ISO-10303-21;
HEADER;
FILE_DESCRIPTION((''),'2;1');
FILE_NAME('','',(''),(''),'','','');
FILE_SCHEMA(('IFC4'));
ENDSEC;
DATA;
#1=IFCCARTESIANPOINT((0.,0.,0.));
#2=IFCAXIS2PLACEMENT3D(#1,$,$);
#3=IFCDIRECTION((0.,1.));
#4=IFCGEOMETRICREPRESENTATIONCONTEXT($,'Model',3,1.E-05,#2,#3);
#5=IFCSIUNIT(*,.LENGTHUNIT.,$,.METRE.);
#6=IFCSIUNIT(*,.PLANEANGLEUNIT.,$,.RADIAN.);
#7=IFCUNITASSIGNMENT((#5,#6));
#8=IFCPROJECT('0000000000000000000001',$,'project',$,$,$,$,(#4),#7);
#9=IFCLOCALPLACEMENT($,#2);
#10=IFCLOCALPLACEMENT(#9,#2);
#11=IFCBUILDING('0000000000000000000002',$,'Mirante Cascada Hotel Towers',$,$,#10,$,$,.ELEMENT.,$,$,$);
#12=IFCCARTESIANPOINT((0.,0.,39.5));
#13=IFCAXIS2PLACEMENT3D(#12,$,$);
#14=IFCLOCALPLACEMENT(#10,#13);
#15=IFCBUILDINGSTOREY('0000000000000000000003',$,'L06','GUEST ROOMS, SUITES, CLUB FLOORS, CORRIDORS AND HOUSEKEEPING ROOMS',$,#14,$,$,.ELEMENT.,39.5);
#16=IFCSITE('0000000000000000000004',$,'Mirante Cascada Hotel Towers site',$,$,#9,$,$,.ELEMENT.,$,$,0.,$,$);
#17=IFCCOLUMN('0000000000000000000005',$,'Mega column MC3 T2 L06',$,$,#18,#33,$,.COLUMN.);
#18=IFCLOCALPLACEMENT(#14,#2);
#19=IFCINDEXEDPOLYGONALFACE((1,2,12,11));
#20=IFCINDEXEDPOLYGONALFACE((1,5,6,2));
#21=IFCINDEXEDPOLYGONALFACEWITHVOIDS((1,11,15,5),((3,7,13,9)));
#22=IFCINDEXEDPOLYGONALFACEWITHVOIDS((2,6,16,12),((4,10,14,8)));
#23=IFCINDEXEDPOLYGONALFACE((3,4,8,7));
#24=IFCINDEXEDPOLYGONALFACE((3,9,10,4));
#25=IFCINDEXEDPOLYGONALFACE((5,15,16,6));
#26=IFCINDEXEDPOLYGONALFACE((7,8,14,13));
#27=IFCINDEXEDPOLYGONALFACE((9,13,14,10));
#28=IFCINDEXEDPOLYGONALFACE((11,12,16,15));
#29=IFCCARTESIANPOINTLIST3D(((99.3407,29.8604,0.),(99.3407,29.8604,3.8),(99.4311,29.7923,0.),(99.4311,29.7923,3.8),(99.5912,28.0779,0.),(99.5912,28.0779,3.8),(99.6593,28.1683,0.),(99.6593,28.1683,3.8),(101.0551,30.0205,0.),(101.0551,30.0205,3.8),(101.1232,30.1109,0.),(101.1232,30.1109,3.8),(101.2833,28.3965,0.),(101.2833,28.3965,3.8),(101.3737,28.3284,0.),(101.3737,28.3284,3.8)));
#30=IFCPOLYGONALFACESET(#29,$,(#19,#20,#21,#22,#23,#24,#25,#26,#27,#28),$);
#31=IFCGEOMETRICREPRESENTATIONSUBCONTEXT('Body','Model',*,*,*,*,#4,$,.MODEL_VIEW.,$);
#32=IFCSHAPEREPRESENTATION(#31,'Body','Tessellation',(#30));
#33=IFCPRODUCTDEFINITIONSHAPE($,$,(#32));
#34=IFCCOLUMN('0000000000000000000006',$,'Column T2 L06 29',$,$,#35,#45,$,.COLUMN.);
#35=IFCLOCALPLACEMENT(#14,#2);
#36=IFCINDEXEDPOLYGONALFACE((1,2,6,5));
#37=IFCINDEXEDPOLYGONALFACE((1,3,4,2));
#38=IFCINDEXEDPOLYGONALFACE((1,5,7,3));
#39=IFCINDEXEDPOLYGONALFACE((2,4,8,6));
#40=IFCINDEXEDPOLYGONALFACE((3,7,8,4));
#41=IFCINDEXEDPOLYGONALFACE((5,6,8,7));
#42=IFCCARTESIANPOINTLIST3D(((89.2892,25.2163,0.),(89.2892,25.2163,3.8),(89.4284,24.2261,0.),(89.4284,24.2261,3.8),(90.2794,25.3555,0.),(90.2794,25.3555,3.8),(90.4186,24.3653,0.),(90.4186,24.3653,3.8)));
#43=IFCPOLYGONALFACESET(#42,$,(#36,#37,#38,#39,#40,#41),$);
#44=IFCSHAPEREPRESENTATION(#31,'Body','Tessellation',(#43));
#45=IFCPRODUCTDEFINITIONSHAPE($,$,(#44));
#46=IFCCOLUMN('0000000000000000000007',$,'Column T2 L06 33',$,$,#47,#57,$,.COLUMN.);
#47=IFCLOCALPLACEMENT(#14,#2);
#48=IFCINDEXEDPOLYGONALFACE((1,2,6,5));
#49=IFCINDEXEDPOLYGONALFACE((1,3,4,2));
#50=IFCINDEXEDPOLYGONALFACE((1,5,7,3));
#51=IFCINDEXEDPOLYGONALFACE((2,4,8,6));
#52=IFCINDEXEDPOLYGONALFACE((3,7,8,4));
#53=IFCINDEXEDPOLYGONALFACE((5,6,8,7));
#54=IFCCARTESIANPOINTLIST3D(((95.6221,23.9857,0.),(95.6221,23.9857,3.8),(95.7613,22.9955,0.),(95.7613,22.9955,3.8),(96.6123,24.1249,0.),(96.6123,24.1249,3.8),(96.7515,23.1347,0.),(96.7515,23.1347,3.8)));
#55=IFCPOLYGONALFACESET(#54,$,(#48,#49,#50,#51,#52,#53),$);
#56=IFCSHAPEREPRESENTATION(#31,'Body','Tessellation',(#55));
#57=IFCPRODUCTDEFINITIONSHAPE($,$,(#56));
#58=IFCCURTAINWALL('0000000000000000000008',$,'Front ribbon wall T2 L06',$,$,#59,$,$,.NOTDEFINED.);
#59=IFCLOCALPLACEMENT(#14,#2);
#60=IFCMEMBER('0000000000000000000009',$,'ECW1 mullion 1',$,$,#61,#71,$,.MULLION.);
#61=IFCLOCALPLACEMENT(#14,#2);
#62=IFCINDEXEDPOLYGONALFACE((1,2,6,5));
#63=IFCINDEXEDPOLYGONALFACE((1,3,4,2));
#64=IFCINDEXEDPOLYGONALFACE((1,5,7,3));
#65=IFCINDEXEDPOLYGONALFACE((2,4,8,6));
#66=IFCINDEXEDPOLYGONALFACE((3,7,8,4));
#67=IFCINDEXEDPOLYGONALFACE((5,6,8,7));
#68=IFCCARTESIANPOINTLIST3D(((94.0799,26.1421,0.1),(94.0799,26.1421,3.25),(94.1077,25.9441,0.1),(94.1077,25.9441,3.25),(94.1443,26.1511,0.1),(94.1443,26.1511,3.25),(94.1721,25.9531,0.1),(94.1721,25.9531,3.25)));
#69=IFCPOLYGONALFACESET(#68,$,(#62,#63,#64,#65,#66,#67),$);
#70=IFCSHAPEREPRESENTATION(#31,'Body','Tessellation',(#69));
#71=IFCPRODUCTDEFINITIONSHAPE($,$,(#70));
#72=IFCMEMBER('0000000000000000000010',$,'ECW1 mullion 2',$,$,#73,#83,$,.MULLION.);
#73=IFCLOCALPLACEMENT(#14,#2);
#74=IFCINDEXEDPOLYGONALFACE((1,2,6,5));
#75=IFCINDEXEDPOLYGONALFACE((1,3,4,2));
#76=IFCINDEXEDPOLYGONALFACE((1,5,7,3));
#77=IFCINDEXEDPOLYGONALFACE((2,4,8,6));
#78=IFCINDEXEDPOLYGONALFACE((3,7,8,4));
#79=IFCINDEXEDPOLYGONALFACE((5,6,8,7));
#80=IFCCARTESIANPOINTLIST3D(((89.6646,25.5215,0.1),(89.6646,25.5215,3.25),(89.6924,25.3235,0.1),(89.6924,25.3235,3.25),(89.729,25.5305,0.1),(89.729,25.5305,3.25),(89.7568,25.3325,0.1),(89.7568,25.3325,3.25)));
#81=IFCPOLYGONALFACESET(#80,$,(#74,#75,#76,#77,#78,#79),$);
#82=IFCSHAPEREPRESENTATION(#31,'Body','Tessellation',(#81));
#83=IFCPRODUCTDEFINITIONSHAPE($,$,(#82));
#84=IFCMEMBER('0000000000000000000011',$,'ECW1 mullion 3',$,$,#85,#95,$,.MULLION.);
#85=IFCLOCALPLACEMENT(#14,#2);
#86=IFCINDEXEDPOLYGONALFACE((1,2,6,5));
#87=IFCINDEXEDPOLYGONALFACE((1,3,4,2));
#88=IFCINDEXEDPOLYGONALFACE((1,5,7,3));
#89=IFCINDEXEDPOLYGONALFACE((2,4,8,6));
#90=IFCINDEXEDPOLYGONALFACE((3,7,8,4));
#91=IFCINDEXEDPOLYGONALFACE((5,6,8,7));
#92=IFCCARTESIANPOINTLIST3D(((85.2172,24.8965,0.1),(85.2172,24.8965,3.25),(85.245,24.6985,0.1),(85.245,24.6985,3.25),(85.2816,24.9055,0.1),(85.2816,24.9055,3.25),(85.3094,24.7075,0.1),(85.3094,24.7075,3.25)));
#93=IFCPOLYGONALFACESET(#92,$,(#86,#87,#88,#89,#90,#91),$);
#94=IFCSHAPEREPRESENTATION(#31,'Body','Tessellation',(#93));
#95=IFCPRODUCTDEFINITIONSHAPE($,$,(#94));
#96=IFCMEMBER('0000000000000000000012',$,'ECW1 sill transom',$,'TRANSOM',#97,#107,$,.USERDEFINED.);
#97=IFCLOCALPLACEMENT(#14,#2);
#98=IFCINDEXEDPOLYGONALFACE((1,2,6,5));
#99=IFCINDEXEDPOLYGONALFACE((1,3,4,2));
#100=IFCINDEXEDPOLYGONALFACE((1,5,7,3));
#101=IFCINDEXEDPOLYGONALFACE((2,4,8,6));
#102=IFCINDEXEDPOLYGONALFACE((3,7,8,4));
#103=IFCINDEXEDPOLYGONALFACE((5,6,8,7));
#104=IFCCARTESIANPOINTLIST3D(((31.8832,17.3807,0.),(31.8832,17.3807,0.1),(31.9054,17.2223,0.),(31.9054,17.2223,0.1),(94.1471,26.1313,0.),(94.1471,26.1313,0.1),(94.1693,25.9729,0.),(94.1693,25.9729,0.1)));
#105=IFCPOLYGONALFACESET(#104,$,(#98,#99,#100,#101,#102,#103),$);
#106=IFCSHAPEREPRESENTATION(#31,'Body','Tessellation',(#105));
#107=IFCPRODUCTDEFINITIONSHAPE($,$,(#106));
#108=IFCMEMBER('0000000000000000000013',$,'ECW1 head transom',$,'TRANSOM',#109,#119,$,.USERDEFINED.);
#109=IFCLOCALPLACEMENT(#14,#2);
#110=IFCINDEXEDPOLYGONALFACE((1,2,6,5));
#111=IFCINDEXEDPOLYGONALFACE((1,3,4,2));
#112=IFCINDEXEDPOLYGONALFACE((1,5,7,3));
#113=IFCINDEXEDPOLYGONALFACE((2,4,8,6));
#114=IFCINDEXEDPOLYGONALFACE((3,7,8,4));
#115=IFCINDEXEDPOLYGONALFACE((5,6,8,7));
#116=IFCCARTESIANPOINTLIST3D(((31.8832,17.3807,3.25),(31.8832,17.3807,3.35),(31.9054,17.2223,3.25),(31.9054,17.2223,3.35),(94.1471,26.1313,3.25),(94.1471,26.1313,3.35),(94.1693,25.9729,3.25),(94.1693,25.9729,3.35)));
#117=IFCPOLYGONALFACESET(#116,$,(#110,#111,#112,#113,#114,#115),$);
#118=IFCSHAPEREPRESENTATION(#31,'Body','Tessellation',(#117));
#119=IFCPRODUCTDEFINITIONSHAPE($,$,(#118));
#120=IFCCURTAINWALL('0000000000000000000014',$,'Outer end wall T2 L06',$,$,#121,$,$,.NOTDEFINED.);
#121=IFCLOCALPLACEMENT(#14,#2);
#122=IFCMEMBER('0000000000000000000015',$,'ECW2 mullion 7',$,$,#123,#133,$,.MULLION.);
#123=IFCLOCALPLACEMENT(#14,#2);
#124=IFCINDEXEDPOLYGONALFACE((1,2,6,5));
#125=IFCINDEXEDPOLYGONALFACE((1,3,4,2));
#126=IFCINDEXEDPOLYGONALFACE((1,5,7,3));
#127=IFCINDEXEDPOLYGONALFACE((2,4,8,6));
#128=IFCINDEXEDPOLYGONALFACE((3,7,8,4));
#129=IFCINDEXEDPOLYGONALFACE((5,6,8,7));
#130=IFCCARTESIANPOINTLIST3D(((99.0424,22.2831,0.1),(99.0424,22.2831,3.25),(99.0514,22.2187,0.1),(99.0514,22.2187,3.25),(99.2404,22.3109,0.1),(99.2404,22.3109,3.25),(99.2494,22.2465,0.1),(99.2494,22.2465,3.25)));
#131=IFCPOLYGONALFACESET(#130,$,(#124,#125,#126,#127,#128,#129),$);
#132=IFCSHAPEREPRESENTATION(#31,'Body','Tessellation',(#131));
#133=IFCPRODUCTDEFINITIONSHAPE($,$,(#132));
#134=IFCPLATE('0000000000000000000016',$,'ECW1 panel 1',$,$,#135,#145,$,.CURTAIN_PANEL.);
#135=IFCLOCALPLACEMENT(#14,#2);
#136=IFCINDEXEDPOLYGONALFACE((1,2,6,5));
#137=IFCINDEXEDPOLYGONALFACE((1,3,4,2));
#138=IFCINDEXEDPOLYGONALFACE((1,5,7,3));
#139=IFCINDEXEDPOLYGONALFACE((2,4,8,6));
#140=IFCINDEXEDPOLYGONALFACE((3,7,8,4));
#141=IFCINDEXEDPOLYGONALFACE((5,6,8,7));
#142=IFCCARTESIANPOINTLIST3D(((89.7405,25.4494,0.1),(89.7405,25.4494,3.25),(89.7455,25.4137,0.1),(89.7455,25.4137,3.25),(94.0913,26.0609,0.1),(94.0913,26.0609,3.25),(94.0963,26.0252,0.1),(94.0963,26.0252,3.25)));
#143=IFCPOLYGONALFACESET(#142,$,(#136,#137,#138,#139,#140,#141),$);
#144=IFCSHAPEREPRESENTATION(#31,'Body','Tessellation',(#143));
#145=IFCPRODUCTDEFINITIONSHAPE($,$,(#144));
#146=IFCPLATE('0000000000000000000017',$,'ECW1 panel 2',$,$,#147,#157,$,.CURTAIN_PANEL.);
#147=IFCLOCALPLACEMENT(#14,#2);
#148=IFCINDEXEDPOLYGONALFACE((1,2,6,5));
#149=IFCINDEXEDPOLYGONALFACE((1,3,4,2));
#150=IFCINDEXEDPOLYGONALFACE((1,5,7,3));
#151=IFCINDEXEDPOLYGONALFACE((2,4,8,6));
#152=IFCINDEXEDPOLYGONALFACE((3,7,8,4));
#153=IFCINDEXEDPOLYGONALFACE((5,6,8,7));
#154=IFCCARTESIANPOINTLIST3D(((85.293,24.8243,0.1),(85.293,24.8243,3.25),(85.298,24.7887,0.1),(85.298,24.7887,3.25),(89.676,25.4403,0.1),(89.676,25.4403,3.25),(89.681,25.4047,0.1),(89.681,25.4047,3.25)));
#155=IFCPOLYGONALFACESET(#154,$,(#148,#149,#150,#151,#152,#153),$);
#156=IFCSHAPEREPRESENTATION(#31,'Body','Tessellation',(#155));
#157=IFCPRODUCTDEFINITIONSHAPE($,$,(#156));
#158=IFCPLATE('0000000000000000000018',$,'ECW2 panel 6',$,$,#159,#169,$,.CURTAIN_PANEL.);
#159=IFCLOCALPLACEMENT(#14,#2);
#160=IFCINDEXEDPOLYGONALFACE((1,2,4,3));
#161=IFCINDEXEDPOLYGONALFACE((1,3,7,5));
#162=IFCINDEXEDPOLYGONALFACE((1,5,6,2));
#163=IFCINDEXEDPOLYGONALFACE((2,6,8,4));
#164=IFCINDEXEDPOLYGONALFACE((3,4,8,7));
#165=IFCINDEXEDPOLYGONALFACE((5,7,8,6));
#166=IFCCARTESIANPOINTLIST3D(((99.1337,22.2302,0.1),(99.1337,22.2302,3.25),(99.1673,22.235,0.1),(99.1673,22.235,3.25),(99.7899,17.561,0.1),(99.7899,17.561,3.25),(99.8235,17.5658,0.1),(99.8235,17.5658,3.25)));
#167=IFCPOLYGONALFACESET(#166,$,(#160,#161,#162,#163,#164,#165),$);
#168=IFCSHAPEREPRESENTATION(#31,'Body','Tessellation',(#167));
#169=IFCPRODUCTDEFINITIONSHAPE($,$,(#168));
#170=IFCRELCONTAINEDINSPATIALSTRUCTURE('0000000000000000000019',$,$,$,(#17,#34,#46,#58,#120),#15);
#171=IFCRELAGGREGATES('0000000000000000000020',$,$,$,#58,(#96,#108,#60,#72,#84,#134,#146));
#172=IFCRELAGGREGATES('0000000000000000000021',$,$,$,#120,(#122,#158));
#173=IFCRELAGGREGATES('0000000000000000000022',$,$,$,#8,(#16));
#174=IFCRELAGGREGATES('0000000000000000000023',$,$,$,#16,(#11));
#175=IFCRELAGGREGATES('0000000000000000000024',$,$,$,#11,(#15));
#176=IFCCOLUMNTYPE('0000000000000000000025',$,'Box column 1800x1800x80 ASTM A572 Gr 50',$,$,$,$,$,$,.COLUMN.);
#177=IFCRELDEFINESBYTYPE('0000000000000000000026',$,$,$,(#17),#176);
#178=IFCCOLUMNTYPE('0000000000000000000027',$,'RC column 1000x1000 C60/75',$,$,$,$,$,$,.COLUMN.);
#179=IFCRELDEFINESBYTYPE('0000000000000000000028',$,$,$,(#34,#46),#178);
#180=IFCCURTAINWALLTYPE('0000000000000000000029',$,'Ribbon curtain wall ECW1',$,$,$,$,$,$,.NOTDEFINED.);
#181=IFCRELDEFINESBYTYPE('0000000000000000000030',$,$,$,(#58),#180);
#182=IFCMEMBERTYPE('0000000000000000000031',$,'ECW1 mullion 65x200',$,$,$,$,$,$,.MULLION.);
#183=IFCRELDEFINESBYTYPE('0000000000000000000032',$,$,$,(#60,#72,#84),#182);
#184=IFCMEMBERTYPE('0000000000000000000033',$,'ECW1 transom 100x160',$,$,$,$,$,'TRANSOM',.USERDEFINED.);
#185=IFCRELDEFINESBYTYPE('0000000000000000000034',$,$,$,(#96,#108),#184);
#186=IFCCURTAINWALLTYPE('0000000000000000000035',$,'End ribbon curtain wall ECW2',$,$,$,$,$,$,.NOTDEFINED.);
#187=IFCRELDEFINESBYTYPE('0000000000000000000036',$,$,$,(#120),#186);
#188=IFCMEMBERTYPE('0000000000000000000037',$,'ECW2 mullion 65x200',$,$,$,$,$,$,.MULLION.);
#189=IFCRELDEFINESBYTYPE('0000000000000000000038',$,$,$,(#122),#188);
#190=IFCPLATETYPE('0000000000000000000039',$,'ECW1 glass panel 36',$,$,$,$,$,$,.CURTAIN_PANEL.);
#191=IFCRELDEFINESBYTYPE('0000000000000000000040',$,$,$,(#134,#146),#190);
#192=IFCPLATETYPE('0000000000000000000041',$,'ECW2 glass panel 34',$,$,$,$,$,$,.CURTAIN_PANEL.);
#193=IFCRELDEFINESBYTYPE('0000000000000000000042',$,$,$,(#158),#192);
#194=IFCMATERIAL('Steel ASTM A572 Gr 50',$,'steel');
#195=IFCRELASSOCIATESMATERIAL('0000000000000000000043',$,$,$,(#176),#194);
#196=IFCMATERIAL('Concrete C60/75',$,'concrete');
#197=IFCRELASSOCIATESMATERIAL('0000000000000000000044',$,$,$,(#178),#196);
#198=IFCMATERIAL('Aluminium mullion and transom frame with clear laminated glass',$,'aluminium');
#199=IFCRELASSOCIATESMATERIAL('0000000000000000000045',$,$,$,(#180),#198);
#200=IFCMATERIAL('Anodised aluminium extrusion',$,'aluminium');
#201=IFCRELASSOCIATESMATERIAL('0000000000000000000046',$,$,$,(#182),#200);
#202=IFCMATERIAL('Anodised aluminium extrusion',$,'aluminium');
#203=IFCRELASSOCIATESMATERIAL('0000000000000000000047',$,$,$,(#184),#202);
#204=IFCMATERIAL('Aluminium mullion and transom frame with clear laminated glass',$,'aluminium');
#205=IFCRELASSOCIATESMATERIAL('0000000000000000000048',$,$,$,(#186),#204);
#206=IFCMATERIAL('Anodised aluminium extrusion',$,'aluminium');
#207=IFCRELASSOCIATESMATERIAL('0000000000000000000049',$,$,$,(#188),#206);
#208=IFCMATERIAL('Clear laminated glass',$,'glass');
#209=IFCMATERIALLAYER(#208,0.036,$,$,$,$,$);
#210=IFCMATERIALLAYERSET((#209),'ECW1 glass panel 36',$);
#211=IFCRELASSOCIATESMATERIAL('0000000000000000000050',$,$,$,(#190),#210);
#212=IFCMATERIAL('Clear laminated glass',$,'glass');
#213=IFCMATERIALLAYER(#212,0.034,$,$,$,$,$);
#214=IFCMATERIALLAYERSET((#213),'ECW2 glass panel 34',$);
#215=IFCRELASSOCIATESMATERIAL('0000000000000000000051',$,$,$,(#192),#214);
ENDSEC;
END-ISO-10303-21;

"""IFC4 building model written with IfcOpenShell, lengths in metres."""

from ifc_helpers import new_model, si_unit, direction, frame, origin, origin_2d, place, context, subcontext, project, spatial, rectangle, hollow_rectangle, extrude, material, layer, layer_set, material_profile, profile_set, type_object, element, aggregate, save


model = new_model("IFC4")

# Units and contexts
model_context = context("Model", 3, precision=1e-05, world=origin(), true_north=direction((0.0, 1.0)))
body_context = subcontext(model_context, "Body", "Model", "MODEL_VIEW")
ifc_project = project(units=[si_unit("LENGTHUNIT", "METRE"), si_unit("PLANEANGLEUNIT", "RADIAN")], contexts=[model_context])

# Site, building, storey
site_placement = place(None, origin())
site = spatial("IfcSite", under=ifc_project, at=site_placement, Name="Mirante Cascada Hotel Towers site", CompositionType="ELEMENT", RefElevation=0.0)
building_placement = place(site_placement, origin())
building = spatial("IfcBuilding", under=site, at=building_placement, Name="Mirante Cascada Hotel Towers", CompositionType="ELEMENT")
storey_placement = place(building_placement, frame((0.0, 0.0, 39.5)))
storey = spatial("IfcBuildingStorey", under=building, at=storey_placement, Name="L06", Description="GUEST ROOMS, SUITES, CLUB FLOORS, CORRIDORS AND HOUSEKEEPING ROOMS", CompositionType="ELEMENT", Elevation=39.5)

# Columns
ifc_material_1 = material(Name="Steel ASTM A572 Gr 50", Category="steel")
ifc_material_profile_1 = material_profile(ifc_material_1, hollow_rectangle(XDim=1.8, YDim=1.8, WallThickness=0.08, at=origin_2d()), Name="Box column 1800x1800x80 ASTM A572 Gr 50")
ifc_profile_set_1 = profile_set([ifc_material_profile_1], Name="Steel ASTM A572 Gr 50")
column_type_1 = type_object("IfcColumnType", Name="Box column 1800x1800x80 ASTM A572 Gr 50", PredefinedType="COLUMN", material=ifc_profile_set_1)
column_placement = place(storey_placement, frame((100.3572, 29.0944, 0.0), z_axis=(0.0, 0.0, 1.0), x_axis=(0.990268, 0.139173, 0.0)))
element("IfcColumn", 1, at=column_placement, inside=storey, type_object=column_type_1, Name="Mega column MC3 T2 L06", PredefinedType="COLUMN", context=body_context, shape_type="SweptSolid", body=[
    extrude(hollow_rectangle(XDim=1.8, YDim=1.8, WallThickness=0.08, at=origin_2d()), origin(), (0.0, 0.0, 1.0), 3.8),
])
ifc_material_2 = material(Name="Concrete C60/75", Category="concrete")
ifc_material_profile_2 = material_profile(ifc_material_2, rectangle(XDim=1.0, YDim=1.0, at=origin_2d()), Name="RC column 1000x1000 C60/75")
ifc_profile_set_2 = profile_set([ifc_material_profile_2], Name="Concrete C60/75")
column_type_2 = type_object("IfcColumnType", Name="RC column 1000x1000 C60/75", PredefinedType="COLUMN", material=ifc_profile_set_2)
for number, where, z_axis, x_axis, name in (
    (2, (89.8539, 24.7908, 0.0), (0.0, 0.0, 1.0), (0.990268, 0.139173, 0.0), "Column T2 L06 29"),
    (3, (96.1868, 23.5602, 0.0), (0.0, 0.0, 1.0), (0.990268, 0.139173, 0.0), "Column T2 L06 33"),
):
    element("IfcColumn", number, at=place(storey_placement, frame(where, z_axis=z_axis, x_axis=x_axis)), inside=storey, type_object=column_type_2, Name=name, PredefinedType="COLUMN", context=body_context, shape_type="SweptSolid", body=[
        extrude(rectangle(XDim=1.0, YDim=1.0, at=origin_2d()), origin(), (0.0, 0.0, 1.0), 3.8),
    ])

# Curtain wall, members
ifc_material_3 = material(Name="Aluminium mullion and transom frame with clear laminated glass", Category="aluminium")
curtain_wall_type_1 = type_object("IfcCurtainWallType", Name="Ribbon curtain wall ECW1", PredefinedType="NOTDEFINED", material=ifc_material_3)
curtain_wall_1_placement = place(storey_placement, origin())
curtain_wall_1 = element("IfcCurtainWall", 4, at=curtain_wall_1_placement, inside=storey, type_object=curtain_wall_type_1, Name="Front ribbon wall T2 L06", PredefinedType="NOTDEFINED")
ifc_material_4 = material(Name="Anodised aluminium extrusion", Category="aluminium")
ifc_material_profile_3 = material_profile(ifc_material_4, rectangle(XDim=0.2, YDim=0.065, at=origin_2d()), Name="ECW1 MULLION 65x200")
ifc_profile_set_3 = profile_set([ifc_material_profile_3], Name="Anodised aluminium extrusion")
member_type_1 = type_object("IfcMemberType", Name="ECW1 mullion 65x200", PredefinedType="MULLION", material=ifc_profile_set_3)
member_1_placement = place(storey_placement, frame((94.126, 26.0476, 0.1), z_axis=(0.0, 0.0, 1.0), x_axis=(0.139173, -0.990268, 0.0)))
member_1 = element("IfcMember", 5, at=member_1_placement, type_object=member_type_1, Name="ECW1 mullion 1", PredefinedType="MULLION", context=body_context, shape_type="SweptSolid", body=[
    extrude(rectangle(XDim=0.2, YDim=0.065, at=origin_2d()), origin(), (0.0, 0.0, 1.0), 3.15),
])
member_2_placement = place(storey_placement, frame((89.7107, 25.427, 0.1), z_axis=(0.0, 0.0, 1.0), x_axis=(0.139173, -0.990268, 0.0)))
member_2 = element("IfcMember", 6, at=member_2_placement, type_object=member_type_1, Name="ECW1 mullion 2", PredefinedType="MULLION", context=body_context, shape_type="SweptSolid", body=[
    extrude(rectangle(XDim=0.2, YDim=0.065, at=origin_2d()), origin(), (0.0, 0.0, 1.0), 3.15),
])
member_3_placement = place(storey_placement, frame((85.2633, 24.802, 0.1), z_axis=(0.0, 0.0, 1.0), x_axis=(0.139173, -0.990268, 0.0)))
member_3 = element("IfcMember", 7, at=member_3_placement, type_object=member_type_1, Name="ECW1 mullion 3", PredefinedType="MULLION", context=body_context, shape_type="SweptSolid", body=[
    extrude(rectangle(XDim=0.2, YDim=0.065, at=origin_2d()), origin(), (0.0, 0.0, 1.0), 3.15),
])
ifc_material_5 = material(Name="Anodised aluminium extrusion", Category="aluminium")
ifc_material_profile_4 = material_profile(ifc_material_5, rectangle(XDim=0.16, YDim=0.1, at=origin_2d()), Name="ECW1 TRANSOM 100x160")
ifc_profile_set_4 = profile_set([ifc_material_profile_4], Name="Anodised aluminium extrusion")
member_type_2 = type_object("IfcMemberType", Name="ECW1 transom 100x160", ElementType="TRANSOM", PredefinedType="USERDEFINED", material=ifc_profile_set_4)
member_4_placement = place(storey_placement, frame((94.1582, 26.0521, 0.05), z_axis=(-0.990268, -0.139173, 0.0), x_axis=(0.139173, -0.990268, 0.0)))
member_4 = element("IfcMember", 8, at=member_4_placement, type_object=member_type_2, Name="ECW1 sill transom", ObjectType="TRANSOM", PredefinedType="USERDEFINED", context=body_context, shape_type="SweptSolid", body=[
    extrude(rectangle(XDim=0.16, YDim=0.1, at=origin_2d()), origin(), (0.0, 0.0, 1.0), 62.8758),
])
member_5_placement = place(storey_placement, frame((94.1582, 26.0521, 3.3), z_axis=(-0.990268, -0.139173, 0.0), x_axis=(0.139173, -0.990268, 0.0)))
member_5 = element("IfcMember", 9, at=member_5_placement, type_object=member_type_2, Name="ECW1 head transom", ObjectType="TRANSOM", PredefinedType="USERDEFINED", context=body_context, shape_type="SweptSolid", body=[
    extrude(rectangle(XDim=0.16, YDim=0.1, at=origin_2d()), origin(), (0.0, 0.0, 1.0), 62.8758),
])

# Curtain wall, member
ifc_material_6 = material(Name="Aluminium mullion and transom frame with clear laminated glass", Category="aluminium")
curtain_wall_type_2 = type_object("IfcCurtainWallType", Name="End ribbon curtain wall ECW2", PredefinedType="NOTDEFINED", material=ifc_material_6)
curtain_wall_2_placement = place(storey_placement, origin())
curtain_wall_2 = element("IfcCurtainWall", 10, at=curtain_wall_2_placement, inside=storey, type_object=curtain_wall_type_2, Name="Outer end wall T2 L06", PredefinedType="NOTDEFINED")
ifc_material_7 = material(Name="Anodised aluminium extrusion", Category="aluminium")
ifc_material_profile_5 = material_profile(ifc_material_7, rectangle(XDim=0.2, YDim=0.065, at=origin_2d()), Name="ECW2 MULLION 65x200")
ifc_profile_set_5 = profile_set([ifc_material_profile_5], Name="Anodised aluminium extrusion")
member_type_3 = type_object("IfcMemberType", Name="ECW2 mullion 65x200", PredefinedType="MULLION", material=ifc_profile_set_5)
member_6_placement = place(storey_placement, frame((99.1459, 22.2648, 0.1), z_axis=(0.0, 0.0, 1.0), x_axis=(-0.990268, -0.139173, 0.0)))
member_6 = element("IfcMember", 11, at=member_6_placement, type_object=member_type_3, Name="ECW2 mullion 7", PredefinedType="MULLION", context=body_context, shape_type="SweptSolid", body=[
    extrude(rectangle(XDim=0.2, YDim=0.065, at=origin_2d()), origin(), (0.0, 0.0, 1.0), 3.15),
])

# Plates
ifc_material_8 = material(Name="Clear laminated glass", Category="glass")
ifc_layer_1 = layer(ifc_material_8, 0.036)
ifc_layer_set_1 = layer_set([ifc_layer_1], Name="ECW1 glass panel 36")
plate_type_1 = type_object("IfcPlateType", Name="ECW1 glass panel 36", PredefinedType="CURTAIN_PANEL", material=ifc_layer_set_1)
plate_1_placement = place(storey_placement, frame((91.9184, 25.7373, 0.1), z_axis=(0.0, 0.0, 1.0), x_axis=(-0.990268, -0.139173, 0.0)))
plate_1 = element("IfcPlate", 12, at=plate_1_placement, type_object=plate_type_1, Name="ECW1 panel 1", PredefinedType="CURTAIN_PANEL", context=body_context, shape_type="SweptSolid", body=[
    extrude(rectangle(XDim=4.3936, YDim=0.036, at=origin_2d()), origin(), (0.0, 0.0, 1.0), 3.15),
])
plate_2_placement = place(storey_placement, frame((87.487, 25.1145, 0.1), z_axis=(0.0, 0.0, 1.0), x_axis=(-0.990268, -0.139173, 0.0)))
plate_2 = element("IfcPlate", 13, at=plate_2_placement, type_object=plate_type_1, Name="ECW1 panel 2", PredefinedType="CURTAIN_PANEL", context=body_context, shape_type="SweptSolid", body=[
    extrude(rectangle(XDim=4.4261, YDim=0.036, at=origin_2d()), origin(), (0.0, 0.0, 1.0), 3.15),
])
aggregate(curtain_wall_1, [member_4, member_5, member_1, member_2, member_3, plate_1, plate_2])
ifc_material_9 = material(Name="Clear laminated glass", Category="glass")
ifc_layer_2 = layer(ifc_material_9, 0.034)
ifc_layer_set_2 = layer_set([ifc_layer_2], Name="ECW2 glass panel 34")
plate_type_2 = type_object("IfcPlateType", Name="ECW2 glass panel 34", PredefinedType="CURTAIN_PANEL", material=ifc_layer_set_2)
plate_3_placement = place(storey_placement, frame((99.4786, 19.898, 0.1), z_axis=(0.0, 0.0, 1.0), x_axis=(-0.139173, 0.990268, 0.0)))
plate_3 = element("IfcPlate", 14, at=plate_3_placement, type_object=plate_type_2, Name="ECW2 panel 6", PredefinedType="CURTAIN_PANEL", context=body_context, shape_type="SweptSolid", body=[
    extrude(rectangle(XDim=4.7151, YDim=0.034, at=origin_2d()), origin(), (0.0, 0.0, 1.0), 3.15),
])
aggregate(curtain_wall_2, [member_6, plate_3])

save(model, "model.ifc")
